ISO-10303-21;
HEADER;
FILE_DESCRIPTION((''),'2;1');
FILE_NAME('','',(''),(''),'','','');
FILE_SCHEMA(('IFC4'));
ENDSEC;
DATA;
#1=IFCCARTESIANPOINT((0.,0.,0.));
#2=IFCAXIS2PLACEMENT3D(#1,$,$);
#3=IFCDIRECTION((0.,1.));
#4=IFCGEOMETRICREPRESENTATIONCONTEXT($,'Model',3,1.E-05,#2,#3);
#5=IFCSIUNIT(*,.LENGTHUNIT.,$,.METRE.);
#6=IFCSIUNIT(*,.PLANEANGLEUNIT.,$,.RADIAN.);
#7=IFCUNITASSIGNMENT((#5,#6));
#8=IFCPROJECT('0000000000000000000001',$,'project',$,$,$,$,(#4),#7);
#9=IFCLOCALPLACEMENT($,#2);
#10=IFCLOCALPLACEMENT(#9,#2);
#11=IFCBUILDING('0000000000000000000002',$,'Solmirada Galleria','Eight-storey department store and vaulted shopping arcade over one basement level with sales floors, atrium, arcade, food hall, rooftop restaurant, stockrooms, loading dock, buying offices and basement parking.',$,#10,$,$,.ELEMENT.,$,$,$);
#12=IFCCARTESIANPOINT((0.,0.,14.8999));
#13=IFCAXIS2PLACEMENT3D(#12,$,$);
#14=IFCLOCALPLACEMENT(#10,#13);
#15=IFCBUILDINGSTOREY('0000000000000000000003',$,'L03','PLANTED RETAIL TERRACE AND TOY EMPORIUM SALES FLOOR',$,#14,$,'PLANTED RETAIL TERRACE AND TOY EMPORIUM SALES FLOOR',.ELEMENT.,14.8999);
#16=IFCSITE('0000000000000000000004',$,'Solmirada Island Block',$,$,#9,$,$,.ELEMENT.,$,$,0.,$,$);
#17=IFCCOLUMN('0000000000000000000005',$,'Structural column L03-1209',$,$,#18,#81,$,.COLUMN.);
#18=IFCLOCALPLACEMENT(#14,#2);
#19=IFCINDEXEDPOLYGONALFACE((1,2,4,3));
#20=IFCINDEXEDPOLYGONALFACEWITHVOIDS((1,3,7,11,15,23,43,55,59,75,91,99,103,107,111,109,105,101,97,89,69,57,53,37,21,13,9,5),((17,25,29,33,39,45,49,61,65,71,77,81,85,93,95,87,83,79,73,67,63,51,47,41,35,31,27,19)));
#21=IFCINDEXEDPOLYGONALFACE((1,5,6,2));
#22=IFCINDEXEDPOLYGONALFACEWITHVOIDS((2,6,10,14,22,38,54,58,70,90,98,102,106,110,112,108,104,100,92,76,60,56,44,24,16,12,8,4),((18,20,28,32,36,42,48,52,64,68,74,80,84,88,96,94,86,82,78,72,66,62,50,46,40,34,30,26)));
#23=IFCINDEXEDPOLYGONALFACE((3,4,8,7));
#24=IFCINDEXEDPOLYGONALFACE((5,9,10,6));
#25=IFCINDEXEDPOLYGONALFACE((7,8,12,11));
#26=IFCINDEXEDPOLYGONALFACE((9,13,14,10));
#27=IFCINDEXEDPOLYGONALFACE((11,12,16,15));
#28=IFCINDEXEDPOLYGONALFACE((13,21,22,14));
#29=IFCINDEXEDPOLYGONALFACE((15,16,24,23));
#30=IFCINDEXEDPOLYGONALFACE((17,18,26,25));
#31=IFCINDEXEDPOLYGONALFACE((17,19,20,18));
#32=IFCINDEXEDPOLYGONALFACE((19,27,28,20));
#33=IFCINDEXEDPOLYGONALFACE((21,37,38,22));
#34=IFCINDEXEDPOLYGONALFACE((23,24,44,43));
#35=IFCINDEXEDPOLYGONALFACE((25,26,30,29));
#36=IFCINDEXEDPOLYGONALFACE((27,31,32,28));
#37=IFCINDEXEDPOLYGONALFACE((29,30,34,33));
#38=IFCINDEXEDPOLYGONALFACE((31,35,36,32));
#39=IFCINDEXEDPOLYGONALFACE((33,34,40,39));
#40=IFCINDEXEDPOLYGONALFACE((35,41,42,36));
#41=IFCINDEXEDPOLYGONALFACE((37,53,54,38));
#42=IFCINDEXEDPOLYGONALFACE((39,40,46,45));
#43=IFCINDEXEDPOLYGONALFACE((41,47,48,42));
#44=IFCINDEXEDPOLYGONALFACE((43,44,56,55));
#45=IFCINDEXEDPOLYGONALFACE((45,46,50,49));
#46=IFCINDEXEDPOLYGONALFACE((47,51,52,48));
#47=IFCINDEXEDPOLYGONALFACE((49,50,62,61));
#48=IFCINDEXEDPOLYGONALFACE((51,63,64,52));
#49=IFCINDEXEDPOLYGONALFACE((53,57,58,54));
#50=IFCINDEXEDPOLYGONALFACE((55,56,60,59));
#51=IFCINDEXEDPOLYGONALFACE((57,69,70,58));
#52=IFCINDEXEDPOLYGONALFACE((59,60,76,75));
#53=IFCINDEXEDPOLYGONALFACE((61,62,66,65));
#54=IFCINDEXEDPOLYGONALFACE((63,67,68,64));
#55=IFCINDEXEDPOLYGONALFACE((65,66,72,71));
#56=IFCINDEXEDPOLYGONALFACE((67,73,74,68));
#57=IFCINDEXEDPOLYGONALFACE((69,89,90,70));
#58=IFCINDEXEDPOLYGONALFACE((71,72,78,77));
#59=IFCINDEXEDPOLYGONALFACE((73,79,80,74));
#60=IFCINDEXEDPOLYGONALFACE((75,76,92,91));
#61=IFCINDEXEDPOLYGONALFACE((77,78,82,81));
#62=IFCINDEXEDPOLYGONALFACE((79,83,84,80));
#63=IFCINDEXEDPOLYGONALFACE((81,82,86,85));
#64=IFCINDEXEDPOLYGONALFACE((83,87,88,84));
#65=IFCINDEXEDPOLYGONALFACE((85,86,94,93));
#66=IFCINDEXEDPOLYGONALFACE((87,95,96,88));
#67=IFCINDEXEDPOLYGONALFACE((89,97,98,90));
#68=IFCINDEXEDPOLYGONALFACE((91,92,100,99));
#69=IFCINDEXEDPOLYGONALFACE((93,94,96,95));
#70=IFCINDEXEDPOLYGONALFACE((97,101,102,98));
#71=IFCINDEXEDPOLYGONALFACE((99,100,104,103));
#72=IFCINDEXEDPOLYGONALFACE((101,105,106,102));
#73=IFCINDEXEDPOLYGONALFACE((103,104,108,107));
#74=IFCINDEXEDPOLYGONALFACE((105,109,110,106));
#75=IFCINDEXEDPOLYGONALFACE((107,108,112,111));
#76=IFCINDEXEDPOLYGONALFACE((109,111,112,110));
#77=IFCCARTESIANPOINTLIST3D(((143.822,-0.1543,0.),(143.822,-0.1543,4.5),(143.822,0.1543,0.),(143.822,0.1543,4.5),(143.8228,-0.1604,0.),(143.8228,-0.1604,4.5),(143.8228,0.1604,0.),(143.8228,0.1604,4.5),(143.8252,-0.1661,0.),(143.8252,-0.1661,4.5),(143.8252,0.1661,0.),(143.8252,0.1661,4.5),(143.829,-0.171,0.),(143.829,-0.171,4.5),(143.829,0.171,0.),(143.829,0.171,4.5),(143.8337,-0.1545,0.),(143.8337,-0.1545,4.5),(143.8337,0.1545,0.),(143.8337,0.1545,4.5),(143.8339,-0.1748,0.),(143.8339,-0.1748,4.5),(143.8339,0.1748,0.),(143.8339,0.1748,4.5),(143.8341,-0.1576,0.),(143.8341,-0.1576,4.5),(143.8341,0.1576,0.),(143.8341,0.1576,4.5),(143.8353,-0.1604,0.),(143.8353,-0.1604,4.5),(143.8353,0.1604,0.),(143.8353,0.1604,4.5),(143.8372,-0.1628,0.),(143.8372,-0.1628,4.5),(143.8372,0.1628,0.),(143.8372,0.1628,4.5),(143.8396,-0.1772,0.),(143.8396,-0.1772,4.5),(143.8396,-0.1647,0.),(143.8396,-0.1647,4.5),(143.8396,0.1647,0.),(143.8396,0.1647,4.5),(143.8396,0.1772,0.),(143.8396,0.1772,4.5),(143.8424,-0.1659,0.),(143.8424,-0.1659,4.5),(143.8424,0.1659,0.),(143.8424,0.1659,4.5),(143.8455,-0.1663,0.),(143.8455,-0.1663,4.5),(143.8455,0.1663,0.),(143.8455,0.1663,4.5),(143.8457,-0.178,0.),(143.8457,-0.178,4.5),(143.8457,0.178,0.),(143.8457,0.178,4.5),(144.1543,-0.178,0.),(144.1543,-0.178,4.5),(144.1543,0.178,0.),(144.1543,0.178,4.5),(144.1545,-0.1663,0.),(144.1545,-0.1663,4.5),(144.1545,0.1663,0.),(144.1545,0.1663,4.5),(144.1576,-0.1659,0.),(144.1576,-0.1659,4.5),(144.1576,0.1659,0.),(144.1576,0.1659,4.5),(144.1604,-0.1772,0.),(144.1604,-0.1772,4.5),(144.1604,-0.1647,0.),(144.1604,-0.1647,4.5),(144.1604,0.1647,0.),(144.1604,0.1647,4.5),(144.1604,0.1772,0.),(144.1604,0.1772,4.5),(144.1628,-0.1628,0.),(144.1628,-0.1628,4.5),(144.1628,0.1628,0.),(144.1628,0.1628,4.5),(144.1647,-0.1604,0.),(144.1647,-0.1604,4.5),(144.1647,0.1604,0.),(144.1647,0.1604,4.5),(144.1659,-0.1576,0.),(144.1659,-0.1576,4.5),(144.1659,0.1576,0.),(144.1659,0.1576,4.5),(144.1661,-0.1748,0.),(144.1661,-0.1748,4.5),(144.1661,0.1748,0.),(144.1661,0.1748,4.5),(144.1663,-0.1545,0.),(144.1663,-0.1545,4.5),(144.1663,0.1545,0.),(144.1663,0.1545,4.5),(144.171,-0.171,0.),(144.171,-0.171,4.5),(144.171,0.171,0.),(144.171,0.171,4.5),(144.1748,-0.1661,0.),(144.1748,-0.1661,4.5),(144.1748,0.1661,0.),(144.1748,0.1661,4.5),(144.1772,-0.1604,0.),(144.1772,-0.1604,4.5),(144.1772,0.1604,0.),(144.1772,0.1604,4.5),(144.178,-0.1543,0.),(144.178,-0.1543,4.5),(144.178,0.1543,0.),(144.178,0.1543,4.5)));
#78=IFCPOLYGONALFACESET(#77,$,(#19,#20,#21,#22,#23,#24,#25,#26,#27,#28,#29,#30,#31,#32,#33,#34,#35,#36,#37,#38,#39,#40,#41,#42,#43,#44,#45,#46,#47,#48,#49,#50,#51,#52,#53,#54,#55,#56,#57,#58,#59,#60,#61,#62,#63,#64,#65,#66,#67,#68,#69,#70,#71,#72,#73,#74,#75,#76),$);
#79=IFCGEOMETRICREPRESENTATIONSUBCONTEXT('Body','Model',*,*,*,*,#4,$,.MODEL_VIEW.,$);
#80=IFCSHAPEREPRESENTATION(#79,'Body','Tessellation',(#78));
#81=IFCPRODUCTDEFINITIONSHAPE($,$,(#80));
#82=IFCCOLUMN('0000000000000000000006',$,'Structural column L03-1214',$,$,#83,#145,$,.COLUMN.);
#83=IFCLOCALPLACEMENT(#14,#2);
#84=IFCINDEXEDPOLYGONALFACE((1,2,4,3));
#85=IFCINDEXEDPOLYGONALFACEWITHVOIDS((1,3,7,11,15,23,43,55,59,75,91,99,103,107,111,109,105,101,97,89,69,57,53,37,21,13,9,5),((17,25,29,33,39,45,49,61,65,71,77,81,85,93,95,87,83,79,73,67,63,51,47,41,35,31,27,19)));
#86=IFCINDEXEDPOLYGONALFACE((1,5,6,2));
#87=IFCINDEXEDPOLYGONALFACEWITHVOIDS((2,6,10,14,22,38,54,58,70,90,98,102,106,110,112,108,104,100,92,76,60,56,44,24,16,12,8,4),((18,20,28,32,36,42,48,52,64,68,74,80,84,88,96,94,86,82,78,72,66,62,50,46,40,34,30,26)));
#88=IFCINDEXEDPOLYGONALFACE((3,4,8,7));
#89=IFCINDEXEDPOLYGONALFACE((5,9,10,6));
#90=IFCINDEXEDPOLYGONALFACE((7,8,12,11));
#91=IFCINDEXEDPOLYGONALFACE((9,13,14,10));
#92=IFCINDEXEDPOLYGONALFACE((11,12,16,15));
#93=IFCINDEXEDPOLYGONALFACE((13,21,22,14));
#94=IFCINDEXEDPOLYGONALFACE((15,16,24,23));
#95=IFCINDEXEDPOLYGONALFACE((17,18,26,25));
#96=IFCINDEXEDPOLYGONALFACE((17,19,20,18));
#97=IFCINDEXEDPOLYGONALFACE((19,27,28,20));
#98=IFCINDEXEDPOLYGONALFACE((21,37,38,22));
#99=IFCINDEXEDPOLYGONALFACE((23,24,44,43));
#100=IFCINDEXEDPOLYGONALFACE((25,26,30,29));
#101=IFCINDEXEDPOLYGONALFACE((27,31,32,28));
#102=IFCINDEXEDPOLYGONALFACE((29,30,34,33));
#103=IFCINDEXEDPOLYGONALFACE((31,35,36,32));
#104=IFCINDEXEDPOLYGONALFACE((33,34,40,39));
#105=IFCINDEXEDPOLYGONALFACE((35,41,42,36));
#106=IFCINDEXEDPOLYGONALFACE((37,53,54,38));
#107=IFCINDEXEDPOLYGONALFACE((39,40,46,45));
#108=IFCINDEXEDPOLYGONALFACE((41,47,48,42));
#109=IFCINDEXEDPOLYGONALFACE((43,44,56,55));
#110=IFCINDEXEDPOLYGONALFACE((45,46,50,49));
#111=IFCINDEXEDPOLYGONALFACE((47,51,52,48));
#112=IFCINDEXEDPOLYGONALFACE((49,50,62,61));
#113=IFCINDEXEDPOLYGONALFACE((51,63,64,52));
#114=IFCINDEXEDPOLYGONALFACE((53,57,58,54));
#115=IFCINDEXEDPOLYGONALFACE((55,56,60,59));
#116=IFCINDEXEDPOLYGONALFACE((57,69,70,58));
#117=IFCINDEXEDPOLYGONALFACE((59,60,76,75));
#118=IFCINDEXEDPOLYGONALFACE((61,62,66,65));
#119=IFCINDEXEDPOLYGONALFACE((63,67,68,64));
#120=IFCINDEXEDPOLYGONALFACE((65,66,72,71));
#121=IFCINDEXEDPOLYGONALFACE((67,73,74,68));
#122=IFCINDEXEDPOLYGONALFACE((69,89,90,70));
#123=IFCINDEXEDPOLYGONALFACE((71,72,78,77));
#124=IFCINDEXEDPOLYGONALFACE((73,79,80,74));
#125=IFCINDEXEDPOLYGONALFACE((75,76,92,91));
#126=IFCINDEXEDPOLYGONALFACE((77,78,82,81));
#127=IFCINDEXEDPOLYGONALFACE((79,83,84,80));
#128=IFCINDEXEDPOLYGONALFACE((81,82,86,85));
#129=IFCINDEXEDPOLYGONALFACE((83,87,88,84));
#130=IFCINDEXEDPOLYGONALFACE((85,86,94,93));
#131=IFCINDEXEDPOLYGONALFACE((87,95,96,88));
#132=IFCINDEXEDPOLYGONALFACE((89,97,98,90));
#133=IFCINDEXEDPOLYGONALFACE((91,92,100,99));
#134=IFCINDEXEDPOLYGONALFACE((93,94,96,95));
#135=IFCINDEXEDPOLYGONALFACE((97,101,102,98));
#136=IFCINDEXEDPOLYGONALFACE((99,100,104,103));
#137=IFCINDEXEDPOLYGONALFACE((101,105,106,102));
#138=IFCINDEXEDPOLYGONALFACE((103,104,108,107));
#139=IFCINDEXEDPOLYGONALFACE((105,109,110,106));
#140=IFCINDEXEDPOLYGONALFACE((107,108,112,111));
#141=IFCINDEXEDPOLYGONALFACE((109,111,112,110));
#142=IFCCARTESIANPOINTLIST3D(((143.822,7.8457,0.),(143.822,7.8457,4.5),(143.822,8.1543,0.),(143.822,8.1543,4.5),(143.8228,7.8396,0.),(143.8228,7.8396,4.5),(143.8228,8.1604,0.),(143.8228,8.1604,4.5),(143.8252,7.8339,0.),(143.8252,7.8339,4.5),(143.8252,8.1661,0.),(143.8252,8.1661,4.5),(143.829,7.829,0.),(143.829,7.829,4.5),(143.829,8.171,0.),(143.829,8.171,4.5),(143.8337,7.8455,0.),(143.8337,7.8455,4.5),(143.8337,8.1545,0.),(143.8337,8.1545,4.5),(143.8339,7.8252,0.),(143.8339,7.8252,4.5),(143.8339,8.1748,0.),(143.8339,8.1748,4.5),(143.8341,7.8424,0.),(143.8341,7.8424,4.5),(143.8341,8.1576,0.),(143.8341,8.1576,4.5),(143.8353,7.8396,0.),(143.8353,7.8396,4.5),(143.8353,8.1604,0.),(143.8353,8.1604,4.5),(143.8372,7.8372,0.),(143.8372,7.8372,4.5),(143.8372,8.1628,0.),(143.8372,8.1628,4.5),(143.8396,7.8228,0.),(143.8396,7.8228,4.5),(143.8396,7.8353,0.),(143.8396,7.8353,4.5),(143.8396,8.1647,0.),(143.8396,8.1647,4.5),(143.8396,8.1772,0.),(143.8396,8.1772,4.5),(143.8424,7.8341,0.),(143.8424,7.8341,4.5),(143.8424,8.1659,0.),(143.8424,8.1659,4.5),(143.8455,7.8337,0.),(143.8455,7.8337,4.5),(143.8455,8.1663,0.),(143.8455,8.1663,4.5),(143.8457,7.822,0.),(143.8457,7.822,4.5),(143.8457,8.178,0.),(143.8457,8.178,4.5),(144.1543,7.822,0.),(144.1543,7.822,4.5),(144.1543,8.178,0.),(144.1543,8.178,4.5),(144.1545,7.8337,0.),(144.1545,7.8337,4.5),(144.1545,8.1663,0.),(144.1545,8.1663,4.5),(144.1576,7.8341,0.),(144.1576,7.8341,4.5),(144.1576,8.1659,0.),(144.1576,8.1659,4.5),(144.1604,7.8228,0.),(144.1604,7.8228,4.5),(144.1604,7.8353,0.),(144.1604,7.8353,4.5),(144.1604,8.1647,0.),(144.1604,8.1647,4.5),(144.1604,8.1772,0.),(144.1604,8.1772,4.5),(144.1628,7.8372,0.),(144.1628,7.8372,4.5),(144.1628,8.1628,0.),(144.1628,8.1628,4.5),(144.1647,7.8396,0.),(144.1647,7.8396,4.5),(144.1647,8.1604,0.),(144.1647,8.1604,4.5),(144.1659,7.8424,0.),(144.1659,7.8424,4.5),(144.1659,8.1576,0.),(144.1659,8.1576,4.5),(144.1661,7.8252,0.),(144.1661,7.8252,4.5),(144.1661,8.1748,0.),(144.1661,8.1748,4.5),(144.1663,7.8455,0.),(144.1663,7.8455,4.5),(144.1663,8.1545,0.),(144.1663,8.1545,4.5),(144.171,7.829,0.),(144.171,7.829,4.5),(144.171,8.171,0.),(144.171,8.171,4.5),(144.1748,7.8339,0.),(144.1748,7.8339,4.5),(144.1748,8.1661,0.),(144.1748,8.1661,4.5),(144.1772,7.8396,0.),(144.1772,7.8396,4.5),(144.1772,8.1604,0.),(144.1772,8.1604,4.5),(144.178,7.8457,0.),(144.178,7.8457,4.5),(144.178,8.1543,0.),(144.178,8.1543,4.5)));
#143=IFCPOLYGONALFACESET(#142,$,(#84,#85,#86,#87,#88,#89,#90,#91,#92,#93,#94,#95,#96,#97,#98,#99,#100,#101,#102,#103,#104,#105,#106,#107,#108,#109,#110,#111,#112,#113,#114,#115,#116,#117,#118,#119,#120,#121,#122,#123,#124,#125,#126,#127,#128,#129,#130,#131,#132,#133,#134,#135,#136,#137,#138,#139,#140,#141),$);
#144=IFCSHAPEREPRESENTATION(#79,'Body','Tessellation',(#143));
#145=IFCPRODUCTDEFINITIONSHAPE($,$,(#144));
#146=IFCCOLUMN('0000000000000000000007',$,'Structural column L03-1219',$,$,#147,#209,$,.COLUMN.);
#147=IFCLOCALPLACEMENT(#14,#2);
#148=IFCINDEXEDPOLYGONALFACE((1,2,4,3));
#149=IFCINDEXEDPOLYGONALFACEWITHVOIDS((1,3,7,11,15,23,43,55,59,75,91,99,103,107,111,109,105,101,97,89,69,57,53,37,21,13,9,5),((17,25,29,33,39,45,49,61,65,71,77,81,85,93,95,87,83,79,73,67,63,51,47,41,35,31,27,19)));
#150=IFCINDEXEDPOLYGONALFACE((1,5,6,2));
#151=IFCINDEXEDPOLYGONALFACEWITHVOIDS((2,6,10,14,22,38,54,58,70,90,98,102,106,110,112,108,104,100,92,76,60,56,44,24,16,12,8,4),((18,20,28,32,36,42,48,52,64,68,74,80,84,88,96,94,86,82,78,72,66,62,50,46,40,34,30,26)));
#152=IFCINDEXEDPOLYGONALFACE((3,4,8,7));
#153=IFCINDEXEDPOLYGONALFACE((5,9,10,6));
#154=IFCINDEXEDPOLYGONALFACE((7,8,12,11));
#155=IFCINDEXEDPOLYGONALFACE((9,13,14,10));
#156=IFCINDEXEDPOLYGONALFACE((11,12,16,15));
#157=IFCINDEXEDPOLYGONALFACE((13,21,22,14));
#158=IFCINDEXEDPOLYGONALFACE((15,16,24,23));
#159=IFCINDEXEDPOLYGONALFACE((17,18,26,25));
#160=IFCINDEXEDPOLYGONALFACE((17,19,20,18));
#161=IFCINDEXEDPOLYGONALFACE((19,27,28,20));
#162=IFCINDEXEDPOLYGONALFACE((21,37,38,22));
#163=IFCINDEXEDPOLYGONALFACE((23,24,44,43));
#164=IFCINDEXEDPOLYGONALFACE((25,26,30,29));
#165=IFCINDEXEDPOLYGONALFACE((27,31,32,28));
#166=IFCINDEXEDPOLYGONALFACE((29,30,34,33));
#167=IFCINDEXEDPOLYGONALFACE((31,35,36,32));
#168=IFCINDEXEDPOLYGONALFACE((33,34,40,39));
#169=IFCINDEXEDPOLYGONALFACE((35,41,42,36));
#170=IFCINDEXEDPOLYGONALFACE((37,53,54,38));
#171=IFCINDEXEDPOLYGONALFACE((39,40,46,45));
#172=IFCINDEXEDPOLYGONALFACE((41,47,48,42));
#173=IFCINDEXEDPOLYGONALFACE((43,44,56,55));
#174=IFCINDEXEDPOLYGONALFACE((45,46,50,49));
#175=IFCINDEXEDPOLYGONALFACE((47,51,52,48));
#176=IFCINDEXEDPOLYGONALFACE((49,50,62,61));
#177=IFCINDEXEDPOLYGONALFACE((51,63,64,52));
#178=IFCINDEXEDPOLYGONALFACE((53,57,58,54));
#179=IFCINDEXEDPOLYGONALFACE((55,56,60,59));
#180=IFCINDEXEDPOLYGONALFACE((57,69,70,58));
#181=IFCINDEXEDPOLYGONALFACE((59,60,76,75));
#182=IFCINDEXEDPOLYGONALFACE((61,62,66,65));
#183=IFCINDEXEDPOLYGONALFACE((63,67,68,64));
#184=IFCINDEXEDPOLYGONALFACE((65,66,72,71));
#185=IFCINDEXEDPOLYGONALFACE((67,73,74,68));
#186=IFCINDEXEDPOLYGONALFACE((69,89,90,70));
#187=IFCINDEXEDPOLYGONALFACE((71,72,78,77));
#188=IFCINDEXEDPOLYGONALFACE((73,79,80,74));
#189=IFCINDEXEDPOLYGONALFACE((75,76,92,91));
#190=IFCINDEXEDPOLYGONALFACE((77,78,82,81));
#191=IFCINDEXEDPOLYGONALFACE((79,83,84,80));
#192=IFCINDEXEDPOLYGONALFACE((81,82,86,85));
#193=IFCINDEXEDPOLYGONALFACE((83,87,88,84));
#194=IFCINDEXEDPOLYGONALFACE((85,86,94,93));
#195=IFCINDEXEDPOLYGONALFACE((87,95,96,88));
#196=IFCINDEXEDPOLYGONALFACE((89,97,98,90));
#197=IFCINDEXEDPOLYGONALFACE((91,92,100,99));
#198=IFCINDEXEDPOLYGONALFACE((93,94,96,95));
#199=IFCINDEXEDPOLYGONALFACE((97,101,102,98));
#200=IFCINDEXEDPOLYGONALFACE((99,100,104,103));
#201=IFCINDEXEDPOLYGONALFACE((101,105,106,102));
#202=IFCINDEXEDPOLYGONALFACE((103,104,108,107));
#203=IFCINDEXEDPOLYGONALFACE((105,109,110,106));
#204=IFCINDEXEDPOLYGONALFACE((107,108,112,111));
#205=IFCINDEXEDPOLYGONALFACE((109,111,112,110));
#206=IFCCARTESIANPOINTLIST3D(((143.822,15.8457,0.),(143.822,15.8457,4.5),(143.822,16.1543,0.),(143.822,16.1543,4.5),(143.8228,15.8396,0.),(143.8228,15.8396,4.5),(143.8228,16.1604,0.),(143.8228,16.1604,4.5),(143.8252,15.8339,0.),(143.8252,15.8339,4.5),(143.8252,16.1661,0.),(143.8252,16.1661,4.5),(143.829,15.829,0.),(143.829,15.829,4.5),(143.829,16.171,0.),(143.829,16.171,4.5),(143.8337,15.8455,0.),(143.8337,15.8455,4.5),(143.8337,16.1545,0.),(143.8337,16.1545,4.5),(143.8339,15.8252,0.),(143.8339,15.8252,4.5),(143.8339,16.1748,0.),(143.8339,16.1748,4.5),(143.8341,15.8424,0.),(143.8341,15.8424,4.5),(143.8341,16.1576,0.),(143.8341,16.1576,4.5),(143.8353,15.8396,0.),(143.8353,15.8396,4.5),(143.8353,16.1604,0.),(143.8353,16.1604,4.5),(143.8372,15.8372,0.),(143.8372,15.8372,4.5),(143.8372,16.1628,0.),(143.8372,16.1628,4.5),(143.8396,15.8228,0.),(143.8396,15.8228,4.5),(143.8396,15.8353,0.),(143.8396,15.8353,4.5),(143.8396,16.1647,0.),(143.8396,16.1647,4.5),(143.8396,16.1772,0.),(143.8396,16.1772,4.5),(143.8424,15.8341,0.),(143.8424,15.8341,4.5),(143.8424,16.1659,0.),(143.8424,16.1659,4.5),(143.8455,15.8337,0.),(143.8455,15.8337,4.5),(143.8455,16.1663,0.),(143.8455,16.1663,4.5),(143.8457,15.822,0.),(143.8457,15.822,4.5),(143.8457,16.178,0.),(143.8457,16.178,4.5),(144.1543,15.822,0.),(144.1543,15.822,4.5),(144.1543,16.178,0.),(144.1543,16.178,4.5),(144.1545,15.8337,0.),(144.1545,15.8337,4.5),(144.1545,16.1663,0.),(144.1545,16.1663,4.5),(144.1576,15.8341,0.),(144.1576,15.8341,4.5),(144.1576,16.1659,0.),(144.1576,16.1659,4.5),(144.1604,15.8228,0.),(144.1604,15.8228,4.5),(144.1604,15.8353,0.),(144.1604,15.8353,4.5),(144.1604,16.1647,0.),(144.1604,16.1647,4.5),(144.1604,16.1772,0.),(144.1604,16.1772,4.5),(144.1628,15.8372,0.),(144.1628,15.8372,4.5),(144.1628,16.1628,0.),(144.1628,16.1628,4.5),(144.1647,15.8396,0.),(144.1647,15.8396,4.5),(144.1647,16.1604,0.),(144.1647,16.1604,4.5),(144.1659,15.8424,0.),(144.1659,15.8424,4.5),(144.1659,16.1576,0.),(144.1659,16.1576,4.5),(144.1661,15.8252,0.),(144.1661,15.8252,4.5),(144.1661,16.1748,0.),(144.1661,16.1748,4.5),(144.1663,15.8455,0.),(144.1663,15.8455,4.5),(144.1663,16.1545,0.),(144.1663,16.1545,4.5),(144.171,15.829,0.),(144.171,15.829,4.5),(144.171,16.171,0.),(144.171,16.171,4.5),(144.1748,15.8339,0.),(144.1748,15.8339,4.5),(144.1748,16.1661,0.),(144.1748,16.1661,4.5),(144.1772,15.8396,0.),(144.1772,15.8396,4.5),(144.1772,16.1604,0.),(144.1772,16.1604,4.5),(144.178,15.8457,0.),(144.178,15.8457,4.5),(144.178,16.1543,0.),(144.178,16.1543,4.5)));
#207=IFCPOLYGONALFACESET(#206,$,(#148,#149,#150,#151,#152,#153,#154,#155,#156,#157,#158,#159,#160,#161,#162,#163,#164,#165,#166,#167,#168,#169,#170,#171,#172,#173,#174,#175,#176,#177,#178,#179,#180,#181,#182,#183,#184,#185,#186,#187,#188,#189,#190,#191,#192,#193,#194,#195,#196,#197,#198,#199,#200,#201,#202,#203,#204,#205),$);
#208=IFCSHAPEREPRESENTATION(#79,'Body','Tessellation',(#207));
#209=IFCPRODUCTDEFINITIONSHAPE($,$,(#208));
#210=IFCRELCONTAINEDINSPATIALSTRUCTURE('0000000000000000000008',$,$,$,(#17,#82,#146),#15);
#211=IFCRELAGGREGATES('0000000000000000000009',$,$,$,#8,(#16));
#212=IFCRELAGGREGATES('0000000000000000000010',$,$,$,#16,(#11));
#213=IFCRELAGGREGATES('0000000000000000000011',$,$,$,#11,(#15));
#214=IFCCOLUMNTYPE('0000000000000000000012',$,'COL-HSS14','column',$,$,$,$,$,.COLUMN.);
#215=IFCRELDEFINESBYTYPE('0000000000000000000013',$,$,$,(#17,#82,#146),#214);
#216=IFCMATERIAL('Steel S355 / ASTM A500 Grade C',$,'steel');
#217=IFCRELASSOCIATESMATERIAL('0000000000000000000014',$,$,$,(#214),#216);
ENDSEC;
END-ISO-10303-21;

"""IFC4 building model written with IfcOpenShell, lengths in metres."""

from ifc_helpers import new_model, si_unit, direction, frame, origin, origin_2d, place, context, subcontext, project, spatial, hollow_rectangle, extrude, material, material_profile, profile_set, type_object, element, save


model = new_model("IFC4")

# Units and contexts
model_context = context("Model", 3, precision=1e-05, world=origin(), true_north=direction((0.0, 1.0)))
body_context = subcontext(model_context, "Body", "Model", "MODEL_VIEW")
ifc_project = project(units=[si_unit("LENGTHUNIT", "METRE"), si_unit("PLANEANGLEUNIT", "RADIAN")], contexts=[model_context])

# Site, building, storey
site_placement = place(None, origin())
site = spatial("IfcSite", under=ifc_project, at=site_placement, Name="Solmirada Island Block", CompositionType="ELEMENT", RefElevation=0.0)
building_placement = place(site_placement, origin())
building = spatial("IfcBuilding", under=site, at=building_placement, Name="Solmirada Galleria", Description="Eight-storey department store and vaulted shopping arcade over one basement level with sales floors, atrium, arcade, food hall, rooftop restaurant, stockrooms, loading dock, buying offices and basement parking.", CompositionType="ELEMENT")
storey_placement = place(building_placement, frame((0.0, 0.0, 14.8999)))
storey = spatial("IfcBuildingStorey", under=building, at=storey_placement, Name="L03", Description="PLANTED RETAIL TERRACE AND TOY EMPORIUM SALES FLOOR", LongName="PLANTED RETAIL TERRACE AND TOY EMPORIUM SALES FLOOR", CompositionType="ELEMENT", Elevation=14.8999)

# Columns
ifc_material_1 = material(Name="Steel S355 / ASTM A500 Grade C", Category="steel")
ifc_material_profile_1 = material_profile(ifc_material_1, hollow_rectangle(XDim=0.356, YDim=0.356, WallThickness=0.0117, InnerFilletRadius=0.0117, OuterFilletRadius=0.0237, at=origin_2d()), Name="HSS14X14X1/2")
ifc_profile_set_1 = profile_set([ifc_material_profile_1], Name="Steel S355 / ASTM A500 Grade C")
column_type = type_object("IfcColumnType", Name="COL-HSS14", Description="column", PredefinedType="COLUMN", material=ifc_profile_set_1)
for number, where, z_axis, x_axis, name in (
    (1, (144.0, 0.0, 0.0), (0.0, 0.0, 1.0), (1.0, 0.0, 0.0), "Structural column L03-1209"),
    (2, (144.0, 8.0, 0.0), (0.0, 0.0, 1.0), (1.0, 0.0, 0.0), "Structural column L03-1214"),
    (3, (144.0, 16.0, 0.0), (0.0, 0.0, 1.0), (1.0, 0.0, 0.0), "Structural column L03-1219"),
):
    element("IfcColumn", number, at=place(storey_placement, frame(where, z_axis=z_axis, x_axis=x_axis)), inside=storey, type_object=column_type, Name=name, PredefinedType="COLUMN", context=body_context, shape_type="SweptSolid", body=[
        extrude(hollow_rectangle(XDim=0.356, YDim=0.356, WallThickness=0.0117, InnerFilletRadius=0.0117, OuterFilletRadius=0.0237, at=origin_2d()), origin(), (0.0, 0.0, 1.0), 4.5),
    ])

save(model, "model.ifc")
